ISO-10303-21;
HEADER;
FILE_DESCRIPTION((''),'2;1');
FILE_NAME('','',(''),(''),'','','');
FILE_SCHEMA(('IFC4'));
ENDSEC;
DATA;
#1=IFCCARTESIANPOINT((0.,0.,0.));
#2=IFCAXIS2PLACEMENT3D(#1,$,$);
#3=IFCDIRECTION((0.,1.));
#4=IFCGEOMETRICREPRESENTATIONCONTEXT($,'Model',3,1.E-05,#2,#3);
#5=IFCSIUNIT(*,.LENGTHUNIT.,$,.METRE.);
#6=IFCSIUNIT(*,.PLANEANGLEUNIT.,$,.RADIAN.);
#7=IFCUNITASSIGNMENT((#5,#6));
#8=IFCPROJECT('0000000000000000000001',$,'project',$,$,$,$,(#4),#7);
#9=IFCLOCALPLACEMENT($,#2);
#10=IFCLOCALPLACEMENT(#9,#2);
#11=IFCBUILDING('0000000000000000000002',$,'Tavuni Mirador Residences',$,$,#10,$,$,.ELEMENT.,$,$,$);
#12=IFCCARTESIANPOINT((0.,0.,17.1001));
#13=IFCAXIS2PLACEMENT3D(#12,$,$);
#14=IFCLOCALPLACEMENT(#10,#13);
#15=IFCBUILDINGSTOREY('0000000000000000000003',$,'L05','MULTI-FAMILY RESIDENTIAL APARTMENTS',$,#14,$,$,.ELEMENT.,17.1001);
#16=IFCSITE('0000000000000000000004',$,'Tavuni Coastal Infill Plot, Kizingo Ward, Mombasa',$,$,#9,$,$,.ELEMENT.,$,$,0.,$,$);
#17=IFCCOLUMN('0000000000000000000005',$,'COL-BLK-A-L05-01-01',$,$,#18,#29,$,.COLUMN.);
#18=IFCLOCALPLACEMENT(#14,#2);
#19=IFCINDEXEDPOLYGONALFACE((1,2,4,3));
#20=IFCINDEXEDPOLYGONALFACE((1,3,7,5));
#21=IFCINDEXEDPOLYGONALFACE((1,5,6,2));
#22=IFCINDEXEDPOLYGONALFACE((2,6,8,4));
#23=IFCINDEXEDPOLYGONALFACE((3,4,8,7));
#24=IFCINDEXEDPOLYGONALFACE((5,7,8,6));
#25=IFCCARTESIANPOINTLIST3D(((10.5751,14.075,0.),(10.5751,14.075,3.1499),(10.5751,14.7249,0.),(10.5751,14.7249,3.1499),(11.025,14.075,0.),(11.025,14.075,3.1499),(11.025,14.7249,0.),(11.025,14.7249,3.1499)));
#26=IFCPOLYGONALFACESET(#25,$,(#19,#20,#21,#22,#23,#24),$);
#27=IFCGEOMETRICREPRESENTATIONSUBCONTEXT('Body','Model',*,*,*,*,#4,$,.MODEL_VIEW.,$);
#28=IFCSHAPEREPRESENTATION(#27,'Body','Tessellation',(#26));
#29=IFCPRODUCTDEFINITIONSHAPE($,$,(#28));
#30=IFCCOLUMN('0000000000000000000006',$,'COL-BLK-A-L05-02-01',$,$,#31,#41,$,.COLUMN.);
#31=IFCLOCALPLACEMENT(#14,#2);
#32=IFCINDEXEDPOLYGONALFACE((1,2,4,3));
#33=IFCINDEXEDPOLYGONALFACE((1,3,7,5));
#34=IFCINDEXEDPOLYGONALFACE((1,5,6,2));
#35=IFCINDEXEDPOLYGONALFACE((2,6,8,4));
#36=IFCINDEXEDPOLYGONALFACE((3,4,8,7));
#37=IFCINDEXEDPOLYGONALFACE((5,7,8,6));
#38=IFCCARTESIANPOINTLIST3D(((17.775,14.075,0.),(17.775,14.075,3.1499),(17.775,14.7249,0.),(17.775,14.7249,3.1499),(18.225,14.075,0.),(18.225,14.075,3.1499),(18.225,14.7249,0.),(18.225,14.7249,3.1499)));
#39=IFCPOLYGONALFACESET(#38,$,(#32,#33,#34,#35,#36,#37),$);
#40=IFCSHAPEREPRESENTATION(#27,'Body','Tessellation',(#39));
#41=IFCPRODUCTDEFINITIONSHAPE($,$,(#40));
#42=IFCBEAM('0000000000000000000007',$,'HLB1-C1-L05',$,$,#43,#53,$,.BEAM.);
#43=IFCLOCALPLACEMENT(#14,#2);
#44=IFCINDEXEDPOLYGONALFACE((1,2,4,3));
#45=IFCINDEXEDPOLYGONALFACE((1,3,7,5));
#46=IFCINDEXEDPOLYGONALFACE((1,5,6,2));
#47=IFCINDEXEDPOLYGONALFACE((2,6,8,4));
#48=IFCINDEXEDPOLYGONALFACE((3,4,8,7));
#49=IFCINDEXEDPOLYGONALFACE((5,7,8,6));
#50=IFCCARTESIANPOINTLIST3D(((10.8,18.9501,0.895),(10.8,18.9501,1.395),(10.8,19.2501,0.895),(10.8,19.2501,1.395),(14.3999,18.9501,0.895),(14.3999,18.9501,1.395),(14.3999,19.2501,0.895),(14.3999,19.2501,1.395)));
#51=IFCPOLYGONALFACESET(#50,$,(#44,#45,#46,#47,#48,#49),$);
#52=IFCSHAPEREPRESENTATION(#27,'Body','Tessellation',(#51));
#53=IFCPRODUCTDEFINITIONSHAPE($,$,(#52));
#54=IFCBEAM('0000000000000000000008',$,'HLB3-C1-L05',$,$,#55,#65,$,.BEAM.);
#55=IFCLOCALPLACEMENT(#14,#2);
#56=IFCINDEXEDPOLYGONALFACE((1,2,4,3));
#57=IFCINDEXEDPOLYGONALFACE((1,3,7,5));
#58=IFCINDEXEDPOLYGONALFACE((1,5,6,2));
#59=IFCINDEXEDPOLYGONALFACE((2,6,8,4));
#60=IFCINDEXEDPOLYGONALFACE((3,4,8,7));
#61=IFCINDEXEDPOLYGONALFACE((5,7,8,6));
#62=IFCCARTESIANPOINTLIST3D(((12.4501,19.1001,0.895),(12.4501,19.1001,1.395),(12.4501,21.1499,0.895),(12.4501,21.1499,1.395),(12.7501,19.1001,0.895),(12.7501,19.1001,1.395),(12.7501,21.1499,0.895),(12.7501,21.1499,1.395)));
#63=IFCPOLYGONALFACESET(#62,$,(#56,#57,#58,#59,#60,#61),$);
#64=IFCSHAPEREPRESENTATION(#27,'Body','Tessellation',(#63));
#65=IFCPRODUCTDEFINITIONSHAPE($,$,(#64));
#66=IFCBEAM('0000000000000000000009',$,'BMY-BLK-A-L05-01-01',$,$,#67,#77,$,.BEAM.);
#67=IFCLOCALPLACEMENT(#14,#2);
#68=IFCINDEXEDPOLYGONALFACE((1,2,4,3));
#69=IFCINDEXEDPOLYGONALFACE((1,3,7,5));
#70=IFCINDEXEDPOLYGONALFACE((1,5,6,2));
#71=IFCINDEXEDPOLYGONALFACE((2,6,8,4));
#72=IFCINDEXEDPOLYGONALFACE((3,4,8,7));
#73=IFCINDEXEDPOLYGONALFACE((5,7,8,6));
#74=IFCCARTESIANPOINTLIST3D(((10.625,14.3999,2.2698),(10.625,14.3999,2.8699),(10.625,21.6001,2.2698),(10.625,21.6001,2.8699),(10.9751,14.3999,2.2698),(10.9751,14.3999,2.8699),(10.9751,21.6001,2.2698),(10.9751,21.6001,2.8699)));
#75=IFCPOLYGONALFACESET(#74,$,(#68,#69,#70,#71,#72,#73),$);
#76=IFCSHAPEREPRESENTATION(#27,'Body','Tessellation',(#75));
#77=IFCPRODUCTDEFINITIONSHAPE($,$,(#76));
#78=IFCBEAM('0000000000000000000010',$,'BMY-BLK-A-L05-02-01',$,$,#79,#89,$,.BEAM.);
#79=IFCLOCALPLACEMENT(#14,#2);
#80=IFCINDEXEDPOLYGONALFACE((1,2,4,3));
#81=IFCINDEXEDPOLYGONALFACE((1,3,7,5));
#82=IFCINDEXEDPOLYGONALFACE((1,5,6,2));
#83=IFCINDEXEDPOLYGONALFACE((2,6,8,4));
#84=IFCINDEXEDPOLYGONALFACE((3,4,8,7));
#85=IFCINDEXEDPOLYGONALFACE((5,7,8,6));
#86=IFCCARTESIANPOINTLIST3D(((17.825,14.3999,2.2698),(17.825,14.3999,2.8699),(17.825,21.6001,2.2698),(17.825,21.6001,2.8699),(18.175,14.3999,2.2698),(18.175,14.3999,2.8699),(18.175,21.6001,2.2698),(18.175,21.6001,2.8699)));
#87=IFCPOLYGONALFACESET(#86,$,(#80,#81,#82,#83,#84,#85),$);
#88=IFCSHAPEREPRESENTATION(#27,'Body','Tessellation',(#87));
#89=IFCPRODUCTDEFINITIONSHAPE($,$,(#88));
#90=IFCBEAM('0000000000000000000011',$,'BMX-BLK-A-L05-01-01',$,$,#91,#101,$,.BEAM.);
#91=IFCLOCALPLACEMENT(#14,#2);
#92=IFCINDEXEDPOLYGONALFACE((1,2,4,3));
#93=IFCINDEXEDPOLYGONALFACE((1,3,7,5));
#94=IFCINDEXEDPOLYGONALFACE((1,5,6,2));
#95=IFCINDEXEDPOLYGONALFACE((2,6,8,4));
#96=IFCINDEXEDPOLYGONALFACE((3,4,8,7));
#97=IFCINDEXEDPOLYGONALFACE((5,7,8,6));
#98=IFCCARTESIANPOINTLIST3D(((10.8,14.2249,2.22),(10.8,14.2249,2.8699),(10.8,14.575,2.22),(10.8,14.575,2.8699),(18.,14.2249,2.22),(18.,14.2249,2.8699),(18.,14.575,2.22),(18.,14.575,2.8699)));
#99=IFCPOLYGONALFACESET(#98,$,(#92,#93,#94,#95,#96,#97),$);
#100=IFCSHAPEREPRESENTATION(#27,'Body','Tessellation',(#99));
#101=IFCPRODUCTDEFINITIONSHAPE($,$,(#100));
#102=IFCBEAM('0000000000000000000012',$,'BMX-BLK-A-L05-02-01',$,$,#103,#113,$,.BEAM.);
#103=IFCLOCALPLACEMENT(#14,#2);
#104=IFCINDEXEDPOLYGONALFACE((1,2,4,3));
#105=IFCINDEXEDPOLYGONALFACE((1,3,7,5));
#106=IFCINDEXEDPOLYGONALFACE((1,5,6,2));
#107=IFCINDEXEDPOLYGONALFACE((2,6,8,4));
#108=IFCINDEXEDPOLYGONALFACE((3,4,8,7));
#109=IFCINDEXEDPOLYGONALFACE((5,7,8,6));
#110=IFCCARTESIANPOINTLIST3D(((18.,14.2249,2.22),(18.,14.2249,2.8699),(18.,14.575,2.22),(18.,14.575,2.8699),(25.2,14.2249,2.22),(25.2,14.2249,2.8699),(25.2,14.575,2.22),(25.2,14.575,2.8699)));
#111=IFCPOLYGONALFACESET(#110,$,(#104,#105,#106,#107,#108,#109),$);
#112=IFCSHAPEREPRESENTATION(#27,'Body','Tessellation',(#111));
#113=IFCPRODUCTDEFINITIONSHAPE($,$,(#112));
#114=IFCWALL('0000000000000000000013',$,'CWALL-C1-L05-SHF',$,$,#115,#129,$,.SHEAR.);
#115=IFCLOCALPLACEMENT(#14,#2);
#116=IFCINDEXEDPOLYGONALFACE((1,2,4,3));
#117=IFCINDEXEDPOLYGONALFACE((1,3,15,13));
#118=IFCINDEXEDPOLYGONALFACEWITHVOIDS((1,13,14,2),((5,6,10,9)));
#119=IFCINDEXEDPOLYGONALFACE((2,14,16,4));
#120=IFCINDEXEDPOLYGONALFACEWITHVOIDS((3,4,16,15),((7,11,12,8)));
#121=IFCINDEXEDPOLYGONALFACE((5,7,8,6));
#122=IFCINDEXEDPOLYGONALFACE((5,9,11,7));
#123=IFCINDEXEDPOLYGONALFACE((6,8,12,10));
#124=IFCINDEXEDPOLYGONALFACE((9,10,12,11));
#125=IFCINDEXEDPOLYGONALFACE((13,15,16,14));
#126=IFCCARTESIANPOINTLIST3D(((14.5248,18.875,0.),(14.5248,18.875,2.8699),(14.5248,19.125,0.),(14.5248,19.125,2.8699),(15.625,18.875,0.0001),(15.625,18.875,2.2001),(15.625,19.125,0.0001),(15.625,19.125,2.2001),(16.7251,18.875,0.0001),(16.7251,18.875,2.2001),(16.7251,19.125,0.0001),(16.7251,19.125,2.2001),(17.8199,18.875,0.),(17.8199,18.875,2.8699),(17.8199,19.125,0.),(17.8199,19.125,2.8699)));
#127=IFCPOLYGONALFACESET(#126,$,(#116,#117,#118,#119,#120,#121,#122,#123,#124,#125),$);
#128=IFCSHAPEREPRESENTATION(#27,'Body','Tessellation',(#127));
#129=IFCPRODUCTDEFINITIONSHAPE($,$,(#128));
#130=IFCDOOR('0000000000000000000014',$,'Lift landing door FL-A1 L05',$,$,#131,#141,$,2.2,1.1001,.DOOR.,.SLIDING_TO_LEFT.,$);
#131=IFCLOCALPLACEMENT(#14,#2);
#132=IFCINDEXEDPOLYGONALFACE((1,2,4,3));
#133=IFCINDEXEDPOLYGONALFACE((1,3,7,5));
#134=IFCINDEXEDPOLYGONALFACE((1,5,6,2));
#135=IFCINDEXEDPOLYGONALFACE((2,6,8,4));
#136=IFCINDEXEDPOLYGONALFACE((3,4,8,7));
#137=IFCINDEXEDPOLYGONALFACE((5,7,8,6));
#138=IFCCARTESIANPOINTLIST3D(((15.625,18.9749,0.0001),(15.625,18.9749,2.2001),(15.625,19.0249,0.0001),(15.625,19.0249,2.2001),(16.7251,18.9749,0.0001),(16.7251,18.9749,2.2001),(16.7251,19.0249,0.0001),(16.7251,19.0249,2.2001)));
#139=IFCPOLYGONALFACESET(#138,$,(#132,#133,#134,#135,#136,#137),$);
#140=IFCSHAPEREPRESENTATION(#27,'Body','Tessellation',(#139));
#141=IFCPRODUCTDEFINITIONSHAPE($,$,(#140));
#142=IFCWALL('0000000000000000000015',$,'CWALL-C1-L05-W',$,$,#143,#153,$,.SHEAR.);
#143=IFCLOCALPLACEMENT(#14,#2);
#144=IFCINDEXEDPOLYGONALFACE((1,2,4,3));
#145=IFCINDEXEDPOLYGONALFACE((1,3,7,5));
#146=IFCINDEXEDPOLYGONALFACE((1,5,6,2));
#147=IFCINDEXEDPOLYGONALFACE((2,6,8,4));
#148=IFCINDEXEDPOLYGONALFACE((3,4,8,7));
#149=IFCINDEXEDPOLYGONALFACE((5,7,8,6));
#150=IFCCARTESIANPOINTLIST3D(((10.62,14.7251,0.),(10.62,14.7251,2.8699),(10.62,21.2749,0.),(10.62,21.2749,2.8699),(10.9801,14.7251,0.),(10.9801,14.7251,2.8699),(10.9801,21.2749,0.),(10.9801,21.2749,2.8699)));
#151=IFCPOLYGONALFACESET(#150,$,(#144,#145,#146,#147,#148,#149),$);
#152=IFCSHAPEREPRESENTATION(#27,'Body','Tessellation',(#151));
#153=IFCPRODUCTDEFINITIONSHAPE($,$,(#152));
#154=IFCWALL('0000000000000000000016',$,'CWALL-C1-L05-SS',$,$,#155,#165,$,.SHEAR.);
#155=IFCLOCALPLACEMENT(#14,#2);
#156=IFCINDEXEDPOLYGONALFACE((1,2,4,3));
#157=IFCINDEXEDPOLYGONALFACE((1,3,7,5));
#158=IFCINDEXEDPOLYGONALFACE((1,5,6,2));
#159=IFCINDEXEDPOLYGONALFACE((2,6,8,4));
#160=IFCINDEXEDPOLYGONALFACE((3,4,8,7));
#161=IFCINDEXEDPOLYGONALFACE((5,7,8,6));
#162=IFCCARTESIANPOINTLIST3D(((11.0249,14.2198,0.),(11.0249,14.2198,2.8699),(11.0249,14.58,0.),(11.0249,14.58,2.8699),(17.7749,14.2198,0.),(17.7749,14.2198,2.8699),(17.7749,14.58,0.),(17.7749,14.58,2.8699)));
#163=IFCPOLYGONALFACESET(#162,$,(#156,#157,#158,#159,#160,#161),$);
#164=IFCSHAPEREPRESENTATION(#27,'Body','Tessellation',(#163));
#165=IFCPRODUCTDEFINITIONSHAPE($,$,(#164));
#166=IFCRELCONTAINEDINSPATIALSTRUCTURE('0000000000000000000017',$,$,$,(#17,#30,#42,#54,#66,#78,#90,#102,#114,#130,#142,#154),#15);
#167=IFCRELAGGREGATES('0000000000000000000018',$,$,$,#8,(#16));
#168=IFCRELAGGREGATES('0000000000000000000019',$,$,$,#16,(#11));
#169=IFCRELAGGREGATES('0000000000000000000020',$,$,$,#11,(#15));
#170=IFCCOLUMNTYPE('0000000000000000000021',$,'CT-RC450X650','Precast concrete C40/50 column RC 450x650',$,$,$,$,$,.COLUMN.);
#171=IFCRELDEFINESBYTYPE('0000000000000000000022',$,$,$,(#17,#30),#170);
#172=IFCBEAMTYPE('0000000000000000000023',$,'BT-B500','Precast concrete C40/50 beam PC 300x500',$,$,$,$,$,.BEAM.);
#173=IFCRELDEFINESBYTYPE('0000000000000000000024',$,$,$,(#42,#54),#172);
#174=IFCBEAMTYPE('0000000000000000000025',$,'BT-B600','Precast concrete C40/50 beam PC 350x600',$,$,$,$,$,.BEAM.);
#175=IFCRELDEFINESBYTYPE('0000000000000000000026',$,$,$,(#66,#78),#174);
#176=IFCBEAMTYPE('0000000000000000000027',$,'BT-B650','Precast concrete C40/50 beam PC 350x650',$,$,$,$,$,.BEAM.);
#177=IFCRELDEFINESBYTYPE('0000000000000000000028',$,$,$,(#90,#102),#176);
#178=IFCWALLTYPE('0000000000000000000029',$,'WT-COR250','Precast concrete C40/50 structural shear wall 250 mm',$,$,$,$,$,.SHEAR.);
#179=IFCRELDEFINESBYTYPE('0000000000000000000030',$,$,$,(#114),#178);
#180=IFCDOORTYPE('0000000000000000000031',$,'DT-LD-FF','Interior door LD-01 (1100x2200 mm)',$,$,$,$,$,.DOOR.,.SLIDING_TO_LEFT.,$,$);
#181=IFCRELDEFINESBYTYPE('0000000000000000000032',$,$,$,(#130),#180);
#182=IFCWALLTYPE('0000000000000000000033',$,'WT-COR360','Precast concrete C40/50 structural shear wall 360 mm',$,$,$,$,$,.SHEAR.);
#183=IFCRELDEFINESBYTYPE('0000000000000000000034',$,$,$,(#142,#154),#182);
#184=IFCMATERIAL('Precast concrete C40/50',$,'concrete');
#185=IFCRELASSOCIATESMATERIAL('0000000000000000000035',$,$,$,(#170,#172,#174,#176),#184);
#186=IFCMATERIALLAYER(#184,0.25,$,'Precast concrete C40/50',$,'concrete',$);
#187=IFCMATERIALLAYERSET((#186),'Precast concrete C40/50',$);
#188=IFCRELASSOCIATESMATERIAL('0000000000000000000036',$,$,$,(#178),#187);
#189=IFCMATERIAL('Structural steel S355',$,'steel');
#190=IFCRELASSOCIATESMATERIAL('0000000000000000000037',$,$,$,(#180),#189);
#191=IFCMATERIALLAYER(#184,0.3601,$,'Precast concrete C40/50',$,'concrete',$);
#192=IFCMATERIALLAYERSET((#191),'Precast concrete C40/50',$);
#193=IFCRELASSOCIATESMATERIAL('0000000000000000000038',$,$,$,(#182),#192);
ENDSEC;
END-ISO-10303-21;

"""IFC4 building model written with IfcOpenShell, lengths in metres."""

from ifc_helpers import new_model, si_unit, direction, frame, frame_2d, origin, origin_2d, place, context, subcontext, project, spatial, rectangle, extrude, material, layer, layer_set, material_profile, profile_set, type_object, element, fill, save


model = new_model("IFC4")

# Units and contexts
model_context = context("Model", 3, precision=1e-05, world=origin(), true_north=direction((0.0, 1.0)))
body_context = subcontext(model_context, "Body", "Model", "MODEL_VIEW")
ifc_project = project(units=[si_unit("LENGTHUNIT", "METRE"), si_unit("PLANEANGLEUNIT", "RADIAN")], contexts=[model_context])

# Site, building, storey
site_placement = place(None, origin())
site = spatial("IfcSite", under=ifc_project, at=site_placement, Name="Tavuni Coastal Infill Plot, Kizingo Ward, Mombasa", CompositionType="ELEMENT", RefElevation=0.0)
building_placement = place(site_placement, origin())
building = spatial("IfcBuilding", under=site, at=building_placement, Name="Tavuni Mirador Residences", CompositionType="ELEMENT")
storey_placement = place(building_placement, frame((0.0, 0.0, 17.1001)))
storey = spatial("IfcBuildingStorey", under=building, at=storey_placement, Name="L05", Description="MULTI-FAMILY RESIDENTIAL APARTMENTS", CompositionType="ELEMENT", Elevation=17.1001)

# Columns
ifc_material_1 = material(Name="Precast concrete C40/50", Category="concrete")
ifc_material_profile_1 = material_profile(ifc_material_1, rectangle(XDim=0.45, YDim=0.6499, at=origin_2d()), Name="RC 450x650", Category="concrete")
ifc_profile_set_1 = profile_set([ifc_material_profile_1], Name="Precast concrete C40/50")
column_type = type_object("IfcColumnType", Name="CT-RC450X650", Description="Precast concrete C40/50 column RC 450x650", PredefinedType="COLUMN", material=ifc_profile_set_1)
for number, where, z_axis, x_axis, name in (
    (1, (10.8, 14.3999, 0.0), (0.0, 0.0, 1.0), (1.0, 0.0, 0.0), "COL-BLK-A-L05-01-01"),
    (2, (18.0, 14.3999, 0.0), (0.0, 0.0, 1.0), (1.0, 0.0, 0.0), "COL-BLK-A-L05-02-01"),
):
    element("IfcColumn", number, at=place(storey_placement, frame(where, z_axis=z_axis, x_axis=x_axis)), inside=storey, type_object=column_type, Name=name, PredefinedType="COLUMN", context=body_context, shape_type="SweptSolid", body=[
        extrude(rectangle(XDim=0.45, YDim=0.6499, at=origin_2d()), origin(), (0.0, 0.0, 1.0), 3.1499),
    ])

# Beams
ifc_material_profile_2 = material_profile(ifc_material_1, rectangle(XDim=0.3, YDim=0.5, at=origin_2d()), Name="PC 300x500", Category="concrete")
ifc_profile_set_2 = profile_set([ifc_material_profile_2], Name="Precast concrete C40/50")
beam_type_1 = type_object("IfcBeamType", Name="BT-B500", Description="Precast concrete C40/50 beam PC 300x500", PredefinedType="BEAM", material=ifc_profile_set_2)
beam_1_placement = place(storey_placement, frame((10.8, 19.1001, 1.145), z_axis=(1.0, 0.0, 0.0), x_axis=(0.0, 1.0, 0.0)))
element("IfcBeam", 3, at=beam_1_placement, inside=storey, type_object=beam_type_1, Name="HLB1-C1-L05", PredefinedType="BEAM", context=body_context, shape_type="SweptSolid", body=[
    extrude(rectangle(XDim=0.3, YDim=0.5, at=origin_2d()), origin(), (0.0, 0.0, 1.0), 3.5999),
])
beam_2_placement = place(storey_placement, frame((12.6001, 19.1001, 1.145), z_axis=(0.0, 1.0, 0.0), x_axis=(-1.0, 0.0, 0.0)))
element("IfcBeam", 4, at=beam_2_placement, inside=storey, type_object=beam_type_1, Name="HLB3-C1-L05", PredefinedType="BEAM", context=body_context, shape_type="SweptSolid", body=[
    extrude(rectangle(XDim=0.3, YDim=0.5, at=origin_2d()), origin(), (0.0, 0.0, 1.0), 2.0498),
])
ifc_material_profile_3 = material_profile(ifc_material_1, rectangle(XDim=0.3501, YDim=0.6001, at=origin_2d()), Name="PC 350x600", Category="concrete")
ifc_profile_set_3 = profile_set([ifc_material_profile_3], Name="Precast concrete C40/50")
beam_type_2 = type_object("IfcBeamType", Name="BT-B600", Description="Precast concrete C40/50 beam PC 350x600", PredefinedType="BEAM", material=ifc_profile_set_3)
for number, where, z_axis, x_axis, name in (
    (5, (10.8, 14.3999, 2.5698), (0.0, 1.0, 0.0), (-1.0, 0.0, 0.0), "BMY-BLK-A-L05-01-01"),
    (6, (18.0, 14.3999, 2.5698), (0.0, 1.0, 0.0), (-1.0, 0.0, 0.0), "BMY-BLK-A-L05-02-01"),
):
    element("IfcBeam", number, at=place(storey_placement, frame(where, z_axis=z_axis, x_axis=x_axis)), inside=storey, type_object=beam_type_2, Name=name, PredefinedType="BEAM", context=body_context, shape_type="SweptSolid", body=[
        extrude(rectangle(XDim=0.3501, YDim=0.6001, at=origin_2d()), origin(), (0.0, 0.0, 1.0), 7.2002),
    ])
ifc_material_profile_4 = material_profile(ifc_material_1, rectangle(XDim=0.3501, YDim=0.6499, at=origin_2d()), Name="PC 350x650", Category="concrete")
ifc_profile_set_4 = profile_set([ifc_material_profile_4], Name="Precast concrete C40/50")
beam_type_3 = type_object("IfcBeamType", Name="BT-B650", Description="Precast concrete C40/50 beam PC 350x650", PredefinedType="BEAM", material=ifc_profile_set_4)
for number, where, z_axis, x_axis, name in (
    (7, (10.8, 14.3999, 2.5449), (1.0, 0.0, 0.0), (0.0, 1.0, 0.0), "BMX-BLK-A-L05-01-01"),
    (8, (18.0, 14.3999, 2.5449), (1.0, 0.0, 0.0), (0.0, 1.0, 0.0), "BMX-BLK-A-L05-02-01"),
):
    element("IfcBeam", number, at=place(storey_placement, frame(where, z_axis=z_axis, x_axis=x_axis)), inside=storey, type_object=beam_type_3, Name=name, PredefinedType="BEAM", context=body_context, shape_type="SweptSolid", body=[
        extrude(rectangle(XDim=0.3501, YDim=0.6499, at=origin_2d()), origin(), (0.0, 0.0, 1.0), 7.2),
    ])

# Wall, opening, door
ifc_layer_1 = layer(ifc_material_1, 0.25, Name="Precast concrete C40/50", Category="concrete")
ifc_layer_set_1 = layer_set([ifc_layer_1], Name="Precast concrete C40/50")
wall_type_1 = type_object("IfcWallType", Name="WT-COR250", Description="Precast concrete C40/50 structural shear wall 250 mm", PredefinedType="SHEAR", material=ifc_layer_set_1)
wall_1_placement = place(storey_placement, frame((14.5249, 19.0, 0.0), z_axis=(0.0, 0.0, 1.0), x_axis=(1.0, 0.0, 0.0)))
wall_1 = element("IfcWall", 9, at=wall_1_placement, inside=storey, type_object=wall_type_1, Name="CWALL-C1-L05-SHF", PredefinedType="SHEAR", context=body_context, shape_type="SweptSolid", body=[
    extrude(rectangle(XDim=3.2952, YDim=0.25, at=frame_2d((1.6475, 0.0))), origin(), (0.0, 0.0, 1.0), 2.8699),
])
opening_1_placement = place(wall_1_placement, frame((1.1001, 0.0, 0.0)))
opening_1 = element("IfcOpeningElement", 10, at=opening_1_placement, cuts=wall_1, PredefinedType="OPENING", context=body_context, shape_type="SweptSolid", body=[
    extrude(rectangle(XDim=1.1001, YDim=2.2, at=frame_2d((0.55, 1.1001))), frame((0.0, 0.135, 0.0), z_axis=(0.0, -1.0, 0.0), x_axis=(1.0, 0.0, 0.0)), (0.0, 0.0, 1.0), 0.27),
])
ifc_material_2 = material(Name="Structural steel S355", Category="steel")
door_type_1 = type_object("IfcDoorType", Name="DT-LD-FF", Description="Interior door LD-01 (1100x2200 mm)", OperationType="SLIDING_TO_LEFT", PredefinedType="DOOR", material=ifc_material_2)
door_1_placement = place(opening_1_placement, origin())
door_1 = element("IfcDoor", 11, at=door_1_placement, inside=storey, type_object=door_type_1, Name="Lift landing door FL-A1 L05", OperationType="SLIDING_TO_LEFT", OverallHeight=2.2, OverallWidth=1.1001, PredefinedType="DOOR", context=body_context, shape_type="SweptSolid", body=[
    extrude(rectangle(XDim=1.1001, YDim=2.2, at=frame_2d((0.55, 1.1001))), frame((0.0, 0.0249, 0.0), z_axis=(0.0, -1.0, 0.0), x_axis=(1.0, 0.0, 0.0)), (0.0, 0.0, 1.0), 0.05),
])
fill(opening_1, door_1)

# Wall
ifc_layer_2 = layer(ifc_material_1, 0.3601, Name="Precast concrete C40/50", Category="concrete")
ifc_layer_set_2 = layer_set([ifc_layer_2], Name="Precast concrete C40/50")
wall_type_2 = type_object("IfcWallType", Name="WT-COR360", Description="Precast concrete C40/50 structural shear wall 360 mm", PredefinedType="SHEAR", material=ifc_layer_set_2)
wall_2_placement = place(storey_placement, frame((10.8, 14.7251, 0.0), z_axis=(0.0, 0.0, 1.0), x_axis=(0.0, 1.0, 0.0)))
element("IfcWall", 12, at=wall_2_placement, inside=storey, type_object=wall_type_2, Name="CWALL-C1-L05-W", PredefinedType="SHEAR", context=body_context, shape_type="SweptSolid", body=[
    extrude(rectangle(XDim=6.5498, YDim=0.3601, at=frame_2d((3.2749, 0.0))), origin(), (0.0, 0.0, 1.0), 2.8699),
])

# Wall
wall_3_placement = place(storey_placement, frame((11.0249, 14.3999, 0.0), z_axis=(0.0, 0.0, 1.0), x_axis=(1.0, 0.0, 0.0)))
element("IfcWall", 13, at=wall_3_placement, inside=storey, type_object=wall_type_2, Name="CWALL-C1-L05-SS", PredefinedType="SHEAR", context=body_context, shape_type="SweptSolid", body=[
    extrude(rectangle(XDim=6.75, YDim=0.3601, at=frame_2d((3.375, 0.0))), origin(), (0.0, 0.0, 1.0), 2.8699),
])

save(model, "model.ifc")
